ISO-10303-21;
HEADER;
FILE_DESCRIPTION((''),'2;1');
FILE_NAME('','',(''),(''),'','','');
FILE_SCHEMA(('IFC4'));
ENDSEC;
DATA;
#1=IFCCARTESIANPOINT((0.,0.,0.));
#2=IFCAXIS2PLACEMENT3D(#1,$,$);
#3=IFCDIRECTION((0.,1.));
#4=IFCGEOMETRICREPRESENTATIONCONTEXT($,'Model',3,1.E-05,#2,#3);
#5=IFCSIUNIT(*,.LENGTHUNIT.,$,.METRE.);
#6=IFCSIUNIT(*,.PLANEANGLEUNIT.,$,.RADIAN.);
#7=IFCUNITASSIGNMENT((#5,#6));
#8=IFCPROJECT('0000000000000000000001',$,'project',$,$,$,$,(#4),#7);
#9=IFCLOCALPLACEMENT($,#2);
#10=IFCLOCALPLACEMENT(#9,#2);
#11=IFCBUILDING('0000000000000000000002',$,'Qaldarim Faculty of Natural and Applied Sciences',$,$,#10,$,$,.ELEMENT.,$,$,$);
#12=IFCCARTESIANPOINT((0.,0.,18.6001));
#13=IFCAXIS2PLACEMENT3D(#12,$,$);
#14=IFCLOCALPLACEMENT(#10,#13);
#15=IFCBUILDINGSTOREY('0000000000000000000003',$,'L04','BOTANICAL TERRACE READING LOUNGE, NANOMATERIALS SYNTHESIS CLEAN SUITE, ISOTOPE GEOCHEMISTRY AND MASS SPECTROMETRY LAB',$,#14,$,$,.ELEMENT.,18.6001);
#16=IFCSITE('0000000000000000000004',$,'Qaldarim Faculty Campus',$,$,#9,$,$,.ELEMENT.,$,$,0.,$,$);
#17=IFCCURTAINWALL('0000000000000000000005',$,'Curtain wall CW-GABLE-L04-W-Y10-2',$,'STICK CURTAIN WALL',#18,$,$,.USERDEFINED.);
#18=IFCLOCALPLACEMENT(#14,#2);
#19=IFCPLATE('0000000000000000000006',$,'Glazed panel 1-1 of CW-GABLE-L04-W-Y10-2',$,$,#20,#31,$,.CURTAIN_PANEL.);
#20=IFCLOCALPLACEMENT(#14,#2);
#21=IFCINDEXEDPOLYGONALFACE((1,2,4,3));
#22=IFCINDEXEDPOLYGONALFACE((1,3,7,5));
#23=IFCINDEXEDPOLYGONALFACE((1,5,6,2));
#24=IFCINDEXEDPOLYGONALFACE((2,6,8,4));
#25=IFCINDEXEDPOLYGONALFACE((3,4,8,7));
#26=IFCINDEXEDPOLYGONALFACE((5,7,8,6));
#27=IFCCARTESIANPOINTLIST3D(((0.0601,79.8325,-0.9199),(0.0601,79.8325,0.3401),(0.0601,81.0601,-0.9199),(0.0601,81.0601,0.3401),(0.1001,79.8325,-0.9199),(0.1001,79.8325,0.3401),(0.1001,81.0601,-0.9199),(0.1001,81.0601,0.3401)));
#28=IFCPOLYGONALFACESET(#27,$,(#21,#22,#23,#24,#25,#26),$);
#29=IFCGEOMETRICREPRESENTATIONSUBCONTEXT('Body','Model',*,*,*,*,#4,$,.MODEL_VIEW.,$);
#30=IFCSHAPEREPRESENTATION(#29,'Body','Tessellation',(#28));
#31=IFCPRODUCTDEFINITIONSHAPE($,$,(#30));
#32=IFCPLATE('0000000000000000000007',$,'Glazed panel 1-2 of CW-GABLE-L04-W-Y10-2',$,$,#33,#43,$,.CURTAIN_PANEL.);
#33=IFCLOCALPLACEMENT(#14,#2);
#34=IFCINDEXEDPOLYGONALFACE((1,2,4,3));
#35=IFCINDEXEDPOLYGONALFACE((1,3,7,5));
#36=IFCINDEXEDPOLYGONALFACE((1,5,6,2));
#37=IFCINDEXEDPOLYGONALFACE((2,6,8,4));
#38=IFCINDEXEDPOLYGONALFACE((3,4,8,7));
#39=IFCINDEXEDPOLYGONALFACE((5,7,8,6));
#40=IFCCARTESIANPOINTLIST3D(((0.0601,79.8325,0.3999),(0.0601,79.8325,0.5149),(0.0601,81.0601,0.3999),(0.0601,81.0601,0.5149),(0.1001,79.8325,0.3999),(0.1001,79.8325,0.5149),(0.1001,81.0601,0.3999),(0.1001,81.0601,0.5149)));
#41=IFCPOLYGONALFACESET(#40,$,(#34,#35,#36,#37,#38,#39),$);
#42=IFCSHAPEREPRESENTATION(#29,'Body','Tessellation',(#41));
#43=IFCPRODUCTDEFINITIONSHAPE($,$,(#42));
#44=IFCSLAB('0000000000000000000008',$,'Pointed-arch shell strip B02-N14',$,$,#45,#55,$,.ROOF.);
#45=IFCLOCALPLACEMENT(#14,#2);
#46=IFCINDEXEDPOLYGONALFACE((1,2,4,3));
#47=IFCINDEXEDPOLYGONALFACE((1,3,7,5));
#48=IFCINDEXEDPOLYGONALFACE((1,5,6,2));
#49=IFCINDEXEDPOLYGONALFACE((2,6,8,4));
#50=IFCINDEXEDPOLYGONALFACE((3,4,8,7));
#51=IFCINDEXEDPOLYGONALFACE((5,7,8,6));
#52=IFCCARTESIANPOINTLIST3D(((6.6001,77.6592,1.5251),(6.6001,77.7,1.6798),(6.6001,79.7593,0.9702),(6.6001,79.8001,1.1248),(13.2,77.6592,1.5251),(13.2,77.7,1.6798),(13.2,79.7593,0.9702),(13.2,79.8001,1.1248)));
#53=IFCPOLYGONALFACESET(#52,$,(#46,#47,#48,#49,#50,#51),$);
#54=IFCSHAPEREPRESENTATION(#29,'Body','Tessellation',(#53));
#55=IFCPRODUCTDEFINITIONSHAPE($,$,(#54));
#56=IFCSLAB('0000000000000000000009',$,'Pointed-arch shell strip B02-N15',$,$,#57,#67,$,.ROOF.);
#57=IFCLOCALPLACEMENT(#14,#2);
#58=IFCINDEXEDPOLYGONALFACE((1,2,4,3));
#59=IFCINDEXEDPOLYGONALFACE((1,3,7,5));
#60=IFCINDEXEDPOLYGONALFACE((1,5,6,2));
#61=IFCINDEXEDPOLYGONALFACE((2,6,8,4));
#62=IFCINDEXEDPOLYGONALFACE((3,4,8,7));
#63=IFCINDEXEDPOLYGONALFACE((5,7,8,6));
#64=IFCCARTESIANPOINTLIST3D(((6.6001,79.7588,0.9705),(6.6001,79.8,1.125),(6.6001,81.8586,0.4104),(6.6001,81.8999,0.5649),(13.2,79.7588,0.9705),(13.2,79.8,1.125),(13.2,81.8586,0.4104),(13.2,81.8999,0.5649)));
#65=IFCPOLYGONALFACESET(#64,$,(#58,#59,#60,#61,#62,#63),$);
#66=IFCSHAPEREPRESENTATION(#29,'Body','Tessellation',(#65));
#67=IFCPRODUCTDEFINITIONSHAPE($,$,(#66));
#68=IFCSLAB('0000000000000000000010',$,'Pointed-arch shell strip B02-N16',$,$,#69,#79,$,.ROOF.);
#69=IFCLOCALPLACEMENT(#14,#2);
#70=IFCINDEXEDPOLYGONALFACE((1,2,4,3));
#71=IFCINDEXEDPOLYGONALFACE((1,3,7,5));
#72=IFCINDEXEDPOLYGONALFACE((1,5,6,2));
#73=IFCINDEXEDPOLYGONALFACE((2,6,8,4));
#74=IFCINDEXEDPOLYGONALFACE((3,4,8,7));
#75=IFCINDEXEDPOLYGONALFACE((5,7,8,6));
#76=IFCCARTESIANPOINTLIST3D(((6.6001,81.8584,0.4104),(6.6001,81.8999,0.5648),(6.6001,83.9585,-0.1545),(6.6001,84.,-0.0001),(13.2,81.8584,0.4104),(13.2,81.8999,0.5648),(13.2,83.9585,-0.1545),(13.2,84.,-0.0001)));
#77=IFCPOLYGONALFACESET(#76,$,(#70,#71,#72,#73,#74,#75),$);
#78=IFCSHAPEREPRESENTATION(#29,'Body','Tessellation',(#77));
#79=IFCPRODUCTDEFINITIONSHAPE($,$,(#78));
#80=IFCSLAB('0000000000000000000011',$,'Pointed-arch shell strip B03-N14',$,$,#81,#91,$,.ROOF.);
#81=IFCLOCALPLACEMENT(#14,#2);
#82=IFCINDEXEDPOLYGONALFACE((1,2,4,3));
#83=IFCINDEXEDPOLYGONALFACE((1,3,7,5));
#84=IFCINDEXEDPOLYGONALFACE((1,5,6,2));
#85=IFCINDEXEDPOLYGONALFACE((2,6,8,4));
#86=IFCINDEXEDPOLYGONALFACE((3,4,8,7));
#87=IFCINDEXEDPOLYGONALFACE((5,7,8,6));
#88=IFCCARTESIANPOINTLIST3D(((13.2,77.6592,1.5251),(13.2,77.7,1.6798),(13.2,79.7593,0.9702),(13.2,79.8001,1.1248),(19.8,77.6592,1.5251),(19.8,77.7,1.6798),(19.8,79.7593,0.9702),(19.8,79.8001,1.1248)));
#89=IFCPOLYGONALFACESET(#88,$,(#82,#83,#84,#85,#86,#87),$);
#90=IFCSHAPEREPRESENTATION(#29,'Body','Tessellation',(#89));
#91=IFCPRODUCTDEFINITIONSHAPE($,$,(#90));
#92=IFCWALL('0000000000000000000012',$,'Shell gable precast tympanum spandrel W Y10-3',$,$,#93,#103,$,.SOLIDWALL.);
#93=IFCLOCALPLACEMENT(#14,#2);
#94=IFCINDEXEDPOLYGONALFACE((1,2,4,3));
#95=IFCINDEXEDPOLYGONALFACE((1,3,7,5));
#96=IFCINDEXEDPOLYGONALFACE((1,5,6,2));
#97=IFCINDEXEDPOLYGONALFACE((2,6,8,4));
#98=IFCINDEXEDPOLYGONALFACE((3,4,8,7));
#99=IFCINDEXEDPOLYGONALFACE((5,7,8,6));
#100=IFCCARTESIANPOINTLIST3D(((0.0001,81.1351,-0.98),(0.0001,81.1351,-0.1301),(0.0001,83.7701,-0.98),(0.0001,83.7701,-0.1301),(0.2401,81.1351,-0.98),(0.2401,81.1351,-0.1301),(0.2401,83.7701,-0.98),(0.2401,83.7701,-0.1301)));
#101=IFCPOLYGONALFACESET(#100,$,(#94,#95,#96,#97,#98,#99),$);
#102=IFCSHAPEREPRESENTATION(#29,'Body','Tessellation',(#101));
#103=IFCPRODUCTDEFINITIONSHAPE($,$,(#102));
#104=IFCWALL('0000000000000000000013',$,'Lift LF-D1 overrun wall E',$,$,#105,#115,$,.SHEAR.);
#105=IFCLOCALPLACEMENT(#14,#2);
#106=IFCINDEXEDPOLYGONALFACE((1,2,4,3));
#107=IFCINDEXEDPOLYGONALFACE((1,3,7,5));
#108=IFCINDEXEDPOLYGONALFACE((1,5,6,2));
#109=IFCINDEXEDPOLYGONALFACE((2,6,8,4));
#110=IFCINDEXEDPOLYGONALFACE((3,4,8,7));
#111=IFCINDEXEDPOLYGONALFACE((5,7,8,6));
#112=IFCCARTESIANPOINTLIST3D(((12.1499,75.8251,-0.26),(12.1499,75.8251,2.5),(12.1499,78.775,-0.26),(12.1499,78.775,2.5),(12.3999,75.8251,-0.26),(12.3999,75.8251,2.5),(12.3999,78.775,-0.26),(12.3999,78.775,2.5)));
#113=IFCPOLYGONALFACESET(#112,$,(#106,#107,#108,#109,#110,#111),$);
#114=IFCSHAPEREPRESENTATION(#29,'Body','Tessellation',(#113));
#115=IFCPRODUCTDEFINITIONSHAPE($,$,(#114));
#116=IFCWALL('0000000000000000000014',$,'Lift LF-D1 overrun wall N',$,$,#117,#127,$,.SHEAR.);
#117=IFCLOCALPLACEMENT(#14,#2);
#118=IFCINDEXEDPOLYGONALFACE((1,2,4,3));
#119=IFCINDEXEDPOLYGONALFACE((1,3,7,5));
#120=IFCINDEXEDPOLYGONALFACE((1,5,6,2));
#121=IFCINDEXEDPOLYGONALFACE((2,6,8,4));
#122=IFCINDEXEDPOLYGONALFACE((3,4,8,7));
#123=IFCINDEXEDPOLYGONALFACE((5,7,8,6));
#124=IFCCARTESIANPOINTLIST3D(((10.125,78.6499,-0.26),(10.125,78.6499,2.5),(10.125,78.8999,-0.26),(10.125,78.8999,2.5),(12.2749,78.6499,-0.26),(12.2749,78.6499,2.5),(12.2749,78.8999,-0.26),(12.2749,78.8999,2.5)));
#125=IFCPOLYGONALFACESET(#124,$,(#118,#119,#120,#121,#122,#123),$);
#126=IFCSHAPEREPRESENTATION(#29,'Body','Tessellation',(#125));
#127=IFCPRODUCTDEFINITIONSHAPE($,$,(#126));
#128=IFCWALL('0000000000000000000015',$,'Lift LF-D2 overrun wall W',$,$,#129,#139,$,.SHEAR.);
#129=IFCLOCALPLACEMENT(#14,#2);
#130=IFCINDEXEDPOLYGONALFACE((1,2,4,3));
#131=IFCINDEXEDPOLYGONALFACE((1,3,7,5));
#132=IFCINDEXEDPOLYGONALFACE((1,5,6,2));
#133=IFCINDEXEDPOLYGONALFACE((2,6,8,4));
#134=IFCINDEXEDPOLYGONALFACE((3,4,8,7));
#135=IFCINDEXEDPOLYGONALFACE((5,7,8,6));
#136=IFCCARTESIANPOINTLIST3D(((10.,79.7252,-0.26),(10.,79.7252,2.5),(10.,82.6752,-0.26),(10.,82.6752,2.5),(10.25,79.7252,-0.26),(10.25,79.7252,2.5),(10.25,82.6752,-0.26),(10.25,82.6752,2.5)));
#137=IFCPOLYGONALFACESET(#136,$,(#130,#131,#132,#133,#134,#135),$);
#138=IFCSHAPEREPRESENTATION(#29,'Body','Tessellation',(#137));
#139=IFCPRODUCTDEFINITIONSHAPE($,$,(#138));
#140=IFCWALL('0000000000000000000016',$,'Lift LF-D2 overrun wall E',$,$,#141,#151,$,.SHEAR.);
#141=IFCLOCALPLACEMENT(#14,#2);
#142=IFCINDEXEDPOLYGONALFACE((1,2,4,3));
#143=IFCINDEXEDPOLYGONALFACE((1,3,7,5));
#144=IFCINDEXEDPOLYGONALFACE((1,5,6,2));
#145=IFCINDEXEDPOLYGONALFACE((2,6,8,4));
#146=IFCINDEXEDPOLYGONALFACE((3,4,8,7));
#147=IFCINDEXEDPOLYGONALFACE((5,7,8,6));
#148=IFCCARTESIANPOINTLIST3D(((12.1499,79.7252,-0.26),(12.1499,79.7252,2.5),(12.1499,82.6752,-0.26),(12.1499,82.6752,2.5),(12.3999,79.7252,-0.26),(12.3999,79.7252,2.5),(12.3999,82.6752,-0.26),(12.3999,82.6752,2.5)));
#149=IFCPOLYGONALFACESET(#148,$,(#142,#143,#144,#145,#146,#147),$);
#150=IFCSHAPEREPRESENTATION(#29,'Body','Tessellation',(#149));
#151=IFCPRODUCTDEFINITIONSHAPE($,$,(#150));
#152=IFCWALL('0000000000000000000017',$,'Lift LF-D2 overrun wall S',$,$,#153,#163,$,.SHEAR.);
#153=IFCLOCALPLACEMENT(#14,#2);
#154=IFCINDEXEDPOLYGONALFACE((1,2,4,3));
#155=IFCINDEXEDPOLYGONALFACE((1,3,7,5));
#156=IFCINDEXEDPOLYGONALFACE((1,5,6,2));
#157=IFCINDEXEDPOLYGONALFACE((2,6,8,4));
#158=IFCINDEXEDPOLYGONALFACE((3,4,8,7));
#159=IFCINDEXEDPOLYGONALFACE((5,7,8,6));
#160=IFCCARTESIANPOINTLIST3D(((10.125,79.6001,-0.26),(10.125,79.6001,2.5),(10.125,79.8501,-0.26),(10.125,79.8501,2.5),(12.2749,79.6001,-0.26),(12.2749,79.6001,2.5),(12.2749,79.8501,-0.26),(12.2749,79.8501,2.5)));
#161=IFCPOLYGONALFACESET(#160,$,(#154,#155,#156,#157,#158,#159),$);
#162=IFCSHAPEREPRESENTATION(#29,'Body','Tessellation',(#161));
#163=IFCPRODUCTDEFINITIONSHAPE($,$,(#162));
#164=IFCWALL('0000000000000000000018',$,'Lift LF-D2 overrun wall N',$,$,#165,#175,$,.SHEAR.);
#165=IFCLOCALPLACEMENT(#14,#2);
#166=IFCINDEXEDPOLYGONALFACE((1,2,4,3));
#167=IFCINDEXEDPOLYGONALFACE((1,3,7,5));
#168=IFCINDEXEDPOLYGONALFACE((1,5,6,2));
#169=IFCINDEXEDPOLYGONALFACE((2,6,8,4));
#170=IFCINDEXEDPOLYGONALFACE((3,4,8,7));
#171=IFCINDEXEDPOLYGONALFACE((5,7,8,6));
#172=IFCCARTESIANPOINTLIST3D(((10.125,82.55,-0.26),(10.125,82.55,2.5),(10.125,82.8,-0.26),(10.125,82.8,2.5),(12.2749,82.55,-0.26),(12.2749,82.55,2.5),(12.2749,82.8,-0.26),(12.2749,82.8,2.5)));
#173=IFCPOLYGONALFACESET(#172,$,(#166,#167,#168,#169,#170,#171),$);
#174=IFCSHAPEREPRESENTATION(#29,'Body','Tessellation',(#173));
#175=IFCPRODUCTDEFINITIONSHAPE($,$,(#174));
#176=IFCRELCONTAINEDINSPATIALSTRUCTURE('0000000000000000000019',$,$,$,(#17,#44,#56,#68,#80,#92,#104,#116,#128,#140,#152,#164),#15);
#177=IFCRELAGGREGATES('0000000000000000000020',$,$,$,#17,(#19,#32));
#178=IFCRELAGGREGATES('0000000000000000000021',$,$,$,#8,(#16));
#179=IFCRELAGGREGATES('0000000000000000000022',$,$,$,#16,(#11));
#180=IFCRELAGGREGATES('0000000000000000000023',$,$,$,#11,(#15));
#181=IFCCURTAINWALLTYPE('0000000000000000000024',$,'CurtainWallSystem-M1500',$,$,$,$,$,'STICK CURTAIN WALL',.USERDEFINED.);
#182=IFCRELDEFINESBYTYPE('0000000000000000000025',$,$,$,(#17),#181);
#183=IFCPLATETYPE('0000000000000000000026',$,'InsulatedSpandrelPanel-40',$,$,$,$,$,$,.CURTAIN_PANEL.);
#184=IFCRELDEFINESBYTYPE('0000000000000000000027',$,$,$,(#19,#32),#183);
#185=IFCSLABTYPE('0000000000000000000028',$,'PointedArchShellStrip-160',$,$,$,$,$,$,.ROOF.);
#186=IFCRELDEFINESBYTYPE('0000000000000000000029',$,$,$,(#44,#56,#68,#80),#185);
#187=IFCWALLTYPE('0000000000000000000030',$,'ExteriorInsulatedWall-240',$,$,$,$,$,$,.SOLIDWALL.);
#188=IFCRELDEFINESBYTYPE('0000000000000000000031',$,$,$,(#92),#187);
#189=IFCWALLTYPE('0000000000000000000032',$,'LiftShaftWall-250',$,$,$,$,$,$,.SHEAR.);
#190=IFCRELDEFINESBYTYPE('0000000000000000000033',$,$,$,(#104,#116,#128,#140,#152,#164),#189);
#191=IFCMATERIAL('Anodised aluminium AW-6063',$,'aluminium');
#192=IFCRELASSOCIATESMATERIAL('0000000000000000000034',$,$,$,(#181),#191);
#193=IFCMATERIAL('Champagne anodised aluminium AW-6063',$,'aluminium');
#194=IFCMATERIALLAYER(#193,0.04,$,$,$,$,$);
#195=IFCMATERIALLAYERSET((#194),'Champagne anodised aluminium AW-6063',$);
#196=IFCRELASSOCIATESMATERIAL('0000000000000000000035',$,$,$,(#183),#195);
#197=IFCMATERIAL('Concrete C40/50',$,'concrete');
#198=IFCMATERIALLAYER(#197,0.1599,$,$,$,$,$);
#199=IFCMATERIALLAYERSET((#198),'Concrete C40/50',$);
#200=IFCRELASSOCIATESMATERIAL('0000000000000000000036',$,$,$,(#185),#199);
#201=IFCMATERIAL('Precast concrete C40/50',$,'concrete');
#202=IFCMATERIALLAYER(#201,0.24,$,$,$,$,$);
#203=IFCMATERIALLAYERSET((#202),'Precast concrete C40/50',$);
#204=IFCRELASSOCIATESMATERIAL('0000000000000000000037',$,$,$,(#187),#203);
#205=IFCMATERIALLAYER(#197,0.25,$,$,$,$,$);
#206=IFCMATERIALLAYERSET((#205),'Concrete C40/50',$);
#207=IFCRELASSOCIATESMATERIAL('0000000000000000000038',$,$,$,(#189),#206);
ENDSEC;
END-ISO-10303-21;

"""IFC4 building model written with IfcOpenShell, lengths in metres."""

from ifc_helpers import new_model, si_unit, direction, frame, frame_2d, origin, origin_2d, place, context, subcontext, project, spatial, polyline, rectangle, outline, extrude, material, layer, layer_set, type_object, element, aggregate, save


model = new_model("IFC4")

# Units and contexts
model_context = context("Model", 3, precision=1e-05, world=origin(), true_north=direction((0.0, 1.0)))
body_context = subcontext(model_context, "Body", "Model", "MODEL_VIEW")
ifc_project = project(units=[si_unit("LENGTHUNIT", "METRE"), si_unit("PLANEANGLEUNIT", "RADIAN")], contexts=[model_context])

# Site, building, storey
site_placement = place(None, origin())
site = spatial("IfcSite", under=ifc_project, at=site_placement, Name="Qaldarim Faculty Campus", CompositionType="ELEMENT", RefElevation=0.0)
building_placement = place(site_placement, origin())
building = spatial("IfcBuilding", under=site, at=building_placement, Name="Qaldarim Faculty of Natural and Applied Sciences", CompositionType="ELEMENT")
storey_placement = place(building_placement, frame((0.0, 0.0, 18.6001)))
storey = spatial("IfcBuildingStorey", under=building, at=storey_placement, Name="L04", Description="BOTANICAL TERRACE READING LOUNGE, NANOMATERIALS SYNTHESIS CLEAN SUITE, ISOTOPE GEOCHEMISTRY AND MASS SPECTROMETRY LAB", CompositionType="ELEMENT", Elevation=18.6001)

# Curtain wall
ifc_material_1 = material(Name="Anodised aluminium AW-6063", Category="aluminium")
curtain_wall_type = type_object("IfcCurtainWallType", Name="CurtainWallSystem-M1500", ElementType="STICK CURTAIN WALL", PredefinedType="USERDEFINED", material=ifc_material_1)
curtain_wall_placement = place(storey_placement, origin())
curtain_wall = element("IfcCurtainWall", 1, at=curtain_wall_placement, inside=storey, type_object=curtain_wall_type, Name="Curtain wall CW-GABLE-L04-W-Y10-2", ObjectType="STICK CURTAIN WALL", PredefinedType="USERDEFINED")

# Plates
ifc_material_2 = material(Name="Champagne anodised aluminium AW-6063", Category="aluminium")
ifc_layer_1 = layer(ifc_material_2, 0.04)
ifc_layer_set_1 = layer_set([ifc_layer_1], Name="Champagne anodised aluminium AW-6063")
plate_type = type_object("IfcPlateType", Name="InsulatedSpandrelPanel-40", PredefinedType="CURTAIN_PANEL", material=ifc_layer_set_1)
plate_1_placement = place(storey_placement, frame((0.0801, 80.4463, -0.9199), z_axis=(0.0, 0.0, 1.0), x_axis=(0.0, -1.0, 0.0)))
plate_1 = element("IfcPlate", 2, at=plate_1_placement, type_object=plate_type, Name="Glazed panel 1-1 of CW-GABLE-L04-W-Y10-2", PredefinedType="CURTAIN_PANEL", context=body_context, shape_type="SweptSolid", body=[
    extrude(rectangle(XDim=1.2275, YDim=0.04, at=origin_2d()), origin(), (0.0, 0.0, 1.0), 1.26),
])
plate_2_placement = place(storey_placement, frame((0.0801, 80.4463, 0.3999), z_axis=(0.0, 0.0, 1.0), x_axis=(0.0, -1.0, 0.0)))
plate_2 = element("IfcPlate", 3, at=plate_2_placement, type_object=plate_type, Name="Glazed panel 1-2 of CW-GABLE-L04-W-Y10-2", PredefinedType="CURTAIN_PANEL", context=body_context, shape_type="SweptSolid", body=[
    extrude(rectangle(XDim=1.2275, YDim=0.04, at=origin_2d()), origin(), (0.0, 0.0, 1.0), 0.115),
])
aggregate(curtain_wall, [plate_1, plate_2])

# Slabs
ifc_material_3 = material(Name="Concrete C40/50", Category="concrete")
ifc_layer_2 = layer(ifc_material_3, 0.1599)
ifc_layer_set_2 = layer_set([ifc_layer_2], Name="Concrete C40/50")
slab_type = type_object("IfcSlabType", Name="PointedArchShellStrip-160", PredefinedType="ROOF", material=ifc_layer_set_2)
slab_1_placement = place(storey_placement, frame((6.6001, 77.6592, 1.5251), z_axis=(0.0, 0.255472, 0.966816), x_axis=(1.0, 0.0, 0.0)))
element("IfcSlab", 4, at=slab_1_placement, inside=storey, type_object=slab_type, Name="Pointed-arch shell strip B02-N14", PredefinedType="ROOF", context=body_context, shape_type="SweptSolid", body=[
    extrude(outline(polyline([(0.0, 0.0), (6.5999, 0.0), (6.5999, 2.1722), (0.0, 2.1722), (0.0, 0.0)])), origin(), (0.0, 0.0, 1.0), 0.1599),
])
slab_2_placement = place(storey_placement, frame((6.6001, 79.7588, 0.9705), z_axis=(0.0, 0.257705, 0.966224), x_axis=(1.0, 0.0, 0.0)))
element("IfcSlab", 5, at=slab_2_placement, inside=storey, type_object=slab_type, Name="Pointed-arch shell strip B02-N15", PredefinedType="ROOF", context=body_context, shape_type="SweptSolid", body=[
    extrude(outline(polyline([(0.0, 0.0), (6.5999, 0.0), (6.5999, 2.1733), (0.0, 2.1733), (0.0, 0.0)])), origin(), (0.0, 0.0, 1.0), 0.1599),
])
slab_3_placement = place(storey_placement, frame((6.6001, 81.8584, 0.4104), z_axis=(0.0, 0.259772, 0.96567), x_axis=(1.0, 0.0, 0.0)))
element("IfcSlab", 6, at=slab_3_placement, inside=storey, type_object=slab_type, Name="Pointed-arch shell strip B02-N16", PredefinedType="ROOF", context=body_context, shape_type="SweptSolid", body=[
    extrude(outline(polyline([(0.0, 0.0), (6.5999, 0.0), (6.5999, 2.1748), (0.0, 2.1748), (0.0, 0.0)])), origin(), (0.0, 0.0, 1.0), 0.1599),
])
slab_4_placement = place(storey_placement, frame((13.2, 77.6592, 1.5251), z_axis=(0.0, 0.255472, 0.966816), x_axis=(1.0, 0.0, 0.0)))
element("IfcSlab", 7, at=slab_4_placement, inside=storey, type_object=slab_type, Name="Pointed-arch shell strip B03-N14", PredefinedType="ROOF", context=body_context, shape_type="SweptSolid", body=[
    extrude(outline(polyline([(0.0, 0.0), (6.6001, 0.0), (6.6001, 2.1722), (0.0, 2.1722), (0.0, 0.0)])), origin(), (0.0, 0.0, 1.0), 0.1599),
])

# Walls
ifc_material_4 = material(Name="Precast concrete C40/50", Category="concrete")
ifc_layer_3 = layer(ifc_material_4, 0.24)
ifc_layer_set_3 = layer_set([ifc_layer_3], Name="Precast concrete C40/50")
wall_type_1 = type_object("IfcWallType", Name="ExteriorInsulatedWall-240", PredefinedType="SOLIDWALL", material=ifc_layer_set_3)
wall_1_placement = place(storey_placement, frame((0.1201, 83.77, -0.98), z_axis=(0.0, 0.0, 1.0), x_axis=(0.0, -1.0, 0.0)))
element("IfcWall", 8, at=wall_1_placement, inside=storey, type_object=wall_type_1, Name="Shell gable precast tympanum spandrel W Y10-3", PredefinedType="SOLIDWALL", context=body_context, shape_type="SweptSolid", body=[
    extrude(rectangle(XDim=2.635, YDim=0.24, at=frame_2d((1.3174, 0.0))), origin(), (0.0, 0.0, 1.0), 0.8499),
])
ifc_layer_4 = layer(ifc_material_3, 0.25)
ifc_layer_set_4 = layer_set([ifc_layer_4], Name="Concrete C40/50")
wall_type_2 = type_object("IfcWallType", Name="LiftShaftWall-250", PredefinedType="SHEAR", material=ifc_layer_set_4)
wall_2_placement = place(storey_placement, frame((12.2749, 75.825, -0.26), z_axis=(0.0, 0.0, 1.0), x_axis=(0.0, 1.0, 0.0)))
element("IfcWall", 9, at=wall_2_placement, inside=storey, type_object=wall_type_2, Name="Lift LF-D1 overrun wall E", PredefinedType="SHEAR", context=body_context, shape_type="SweptSolid", body=[
    extrude(rectangle(XDim=2.95, YDim=0.25, at=frame_2d((1.4751, 0.0))), origin(), (0.0, 0.0, 1.0), 2.76),
])
wall_3_placement = place(storey_placement, frame((10.125, 78.7749, -0.26), z_axis=(0.0, 0.0, 1.0), x_axis=(1.0, 0.0, 0.0)))
element("IfcWall", 10, at=wall_3_placement, inside=storey, type_object=wall_type_2, Name="Lift LF-D1 overrun wall N", PredefinedType="SHEAR", context=body_context, shape_type="SweptSolid", body=[
    extrude(rectangle(XDim=2.1499, YDim=0.25, at=frame_2d((1.075, 0.0))), origin(), (0.0, 0.0, 1.0), 2.76),
])
for number, where, z_axis, x_axis, name in (
    (11, (10.125, 79.7251, -0.26), (0.0, 0.0, 1.0), (0.0, 1.0, 0.0), "Lift LF-D2 overrun wall W"),
    (12, (12.2749, 79.7251, -0.26), (0.0, 0.0, 1.0), (0.0, 1.0, 0.0), "Lift LF-D2 overrun wall E"),
):
    element("IfcWall", number, at=place(storey_placement, frame(where, z_axis=z_axis, x_axis=x_axis)), inside=storey, type_object=wall_type_2, Name=name, PredefinedType="SHEAR", context=body_context, shape_type="SweptSolid", body=[
        extrude(rectangle(XDim=2.95, YDim=0.25, at=frame_2d((1.4751, 0.0))), origin(), (0.0, 0.0, 1.0), 2.76),
    ])
for number, where, z_axis, x_axis, name in (
    (13, (10.125, 79.7251, -0.26), (0.0, 0.0, 1.0), (1.0, 0.0, 0.0), "Lift LF-D2 overrun wall S"),
    (14, (10.125, 82.675, -0.26), (0.0, 0.0, 1.0), (1.0, 0.0, 0.0), "Lift LF-D2 overrun wall N"),
):
    element("IfcWall", number, at=place(storey_placement, frame(where, z_axis=z_axis, x_axis=x_axis)), inside=storey, type_object=wall_type_2, Name=name, PredefinedType="SHEAR", context=body_context, shape_type="SweptSolid", body=[
        extrude(rectangle(XDim=2.1499, YDim=0.25, at=frame_2d((1.075, 0.0))), origin(), (0.0, 0.0, 1.0), 2.76),
    ])

save(model, "model.ifc")
